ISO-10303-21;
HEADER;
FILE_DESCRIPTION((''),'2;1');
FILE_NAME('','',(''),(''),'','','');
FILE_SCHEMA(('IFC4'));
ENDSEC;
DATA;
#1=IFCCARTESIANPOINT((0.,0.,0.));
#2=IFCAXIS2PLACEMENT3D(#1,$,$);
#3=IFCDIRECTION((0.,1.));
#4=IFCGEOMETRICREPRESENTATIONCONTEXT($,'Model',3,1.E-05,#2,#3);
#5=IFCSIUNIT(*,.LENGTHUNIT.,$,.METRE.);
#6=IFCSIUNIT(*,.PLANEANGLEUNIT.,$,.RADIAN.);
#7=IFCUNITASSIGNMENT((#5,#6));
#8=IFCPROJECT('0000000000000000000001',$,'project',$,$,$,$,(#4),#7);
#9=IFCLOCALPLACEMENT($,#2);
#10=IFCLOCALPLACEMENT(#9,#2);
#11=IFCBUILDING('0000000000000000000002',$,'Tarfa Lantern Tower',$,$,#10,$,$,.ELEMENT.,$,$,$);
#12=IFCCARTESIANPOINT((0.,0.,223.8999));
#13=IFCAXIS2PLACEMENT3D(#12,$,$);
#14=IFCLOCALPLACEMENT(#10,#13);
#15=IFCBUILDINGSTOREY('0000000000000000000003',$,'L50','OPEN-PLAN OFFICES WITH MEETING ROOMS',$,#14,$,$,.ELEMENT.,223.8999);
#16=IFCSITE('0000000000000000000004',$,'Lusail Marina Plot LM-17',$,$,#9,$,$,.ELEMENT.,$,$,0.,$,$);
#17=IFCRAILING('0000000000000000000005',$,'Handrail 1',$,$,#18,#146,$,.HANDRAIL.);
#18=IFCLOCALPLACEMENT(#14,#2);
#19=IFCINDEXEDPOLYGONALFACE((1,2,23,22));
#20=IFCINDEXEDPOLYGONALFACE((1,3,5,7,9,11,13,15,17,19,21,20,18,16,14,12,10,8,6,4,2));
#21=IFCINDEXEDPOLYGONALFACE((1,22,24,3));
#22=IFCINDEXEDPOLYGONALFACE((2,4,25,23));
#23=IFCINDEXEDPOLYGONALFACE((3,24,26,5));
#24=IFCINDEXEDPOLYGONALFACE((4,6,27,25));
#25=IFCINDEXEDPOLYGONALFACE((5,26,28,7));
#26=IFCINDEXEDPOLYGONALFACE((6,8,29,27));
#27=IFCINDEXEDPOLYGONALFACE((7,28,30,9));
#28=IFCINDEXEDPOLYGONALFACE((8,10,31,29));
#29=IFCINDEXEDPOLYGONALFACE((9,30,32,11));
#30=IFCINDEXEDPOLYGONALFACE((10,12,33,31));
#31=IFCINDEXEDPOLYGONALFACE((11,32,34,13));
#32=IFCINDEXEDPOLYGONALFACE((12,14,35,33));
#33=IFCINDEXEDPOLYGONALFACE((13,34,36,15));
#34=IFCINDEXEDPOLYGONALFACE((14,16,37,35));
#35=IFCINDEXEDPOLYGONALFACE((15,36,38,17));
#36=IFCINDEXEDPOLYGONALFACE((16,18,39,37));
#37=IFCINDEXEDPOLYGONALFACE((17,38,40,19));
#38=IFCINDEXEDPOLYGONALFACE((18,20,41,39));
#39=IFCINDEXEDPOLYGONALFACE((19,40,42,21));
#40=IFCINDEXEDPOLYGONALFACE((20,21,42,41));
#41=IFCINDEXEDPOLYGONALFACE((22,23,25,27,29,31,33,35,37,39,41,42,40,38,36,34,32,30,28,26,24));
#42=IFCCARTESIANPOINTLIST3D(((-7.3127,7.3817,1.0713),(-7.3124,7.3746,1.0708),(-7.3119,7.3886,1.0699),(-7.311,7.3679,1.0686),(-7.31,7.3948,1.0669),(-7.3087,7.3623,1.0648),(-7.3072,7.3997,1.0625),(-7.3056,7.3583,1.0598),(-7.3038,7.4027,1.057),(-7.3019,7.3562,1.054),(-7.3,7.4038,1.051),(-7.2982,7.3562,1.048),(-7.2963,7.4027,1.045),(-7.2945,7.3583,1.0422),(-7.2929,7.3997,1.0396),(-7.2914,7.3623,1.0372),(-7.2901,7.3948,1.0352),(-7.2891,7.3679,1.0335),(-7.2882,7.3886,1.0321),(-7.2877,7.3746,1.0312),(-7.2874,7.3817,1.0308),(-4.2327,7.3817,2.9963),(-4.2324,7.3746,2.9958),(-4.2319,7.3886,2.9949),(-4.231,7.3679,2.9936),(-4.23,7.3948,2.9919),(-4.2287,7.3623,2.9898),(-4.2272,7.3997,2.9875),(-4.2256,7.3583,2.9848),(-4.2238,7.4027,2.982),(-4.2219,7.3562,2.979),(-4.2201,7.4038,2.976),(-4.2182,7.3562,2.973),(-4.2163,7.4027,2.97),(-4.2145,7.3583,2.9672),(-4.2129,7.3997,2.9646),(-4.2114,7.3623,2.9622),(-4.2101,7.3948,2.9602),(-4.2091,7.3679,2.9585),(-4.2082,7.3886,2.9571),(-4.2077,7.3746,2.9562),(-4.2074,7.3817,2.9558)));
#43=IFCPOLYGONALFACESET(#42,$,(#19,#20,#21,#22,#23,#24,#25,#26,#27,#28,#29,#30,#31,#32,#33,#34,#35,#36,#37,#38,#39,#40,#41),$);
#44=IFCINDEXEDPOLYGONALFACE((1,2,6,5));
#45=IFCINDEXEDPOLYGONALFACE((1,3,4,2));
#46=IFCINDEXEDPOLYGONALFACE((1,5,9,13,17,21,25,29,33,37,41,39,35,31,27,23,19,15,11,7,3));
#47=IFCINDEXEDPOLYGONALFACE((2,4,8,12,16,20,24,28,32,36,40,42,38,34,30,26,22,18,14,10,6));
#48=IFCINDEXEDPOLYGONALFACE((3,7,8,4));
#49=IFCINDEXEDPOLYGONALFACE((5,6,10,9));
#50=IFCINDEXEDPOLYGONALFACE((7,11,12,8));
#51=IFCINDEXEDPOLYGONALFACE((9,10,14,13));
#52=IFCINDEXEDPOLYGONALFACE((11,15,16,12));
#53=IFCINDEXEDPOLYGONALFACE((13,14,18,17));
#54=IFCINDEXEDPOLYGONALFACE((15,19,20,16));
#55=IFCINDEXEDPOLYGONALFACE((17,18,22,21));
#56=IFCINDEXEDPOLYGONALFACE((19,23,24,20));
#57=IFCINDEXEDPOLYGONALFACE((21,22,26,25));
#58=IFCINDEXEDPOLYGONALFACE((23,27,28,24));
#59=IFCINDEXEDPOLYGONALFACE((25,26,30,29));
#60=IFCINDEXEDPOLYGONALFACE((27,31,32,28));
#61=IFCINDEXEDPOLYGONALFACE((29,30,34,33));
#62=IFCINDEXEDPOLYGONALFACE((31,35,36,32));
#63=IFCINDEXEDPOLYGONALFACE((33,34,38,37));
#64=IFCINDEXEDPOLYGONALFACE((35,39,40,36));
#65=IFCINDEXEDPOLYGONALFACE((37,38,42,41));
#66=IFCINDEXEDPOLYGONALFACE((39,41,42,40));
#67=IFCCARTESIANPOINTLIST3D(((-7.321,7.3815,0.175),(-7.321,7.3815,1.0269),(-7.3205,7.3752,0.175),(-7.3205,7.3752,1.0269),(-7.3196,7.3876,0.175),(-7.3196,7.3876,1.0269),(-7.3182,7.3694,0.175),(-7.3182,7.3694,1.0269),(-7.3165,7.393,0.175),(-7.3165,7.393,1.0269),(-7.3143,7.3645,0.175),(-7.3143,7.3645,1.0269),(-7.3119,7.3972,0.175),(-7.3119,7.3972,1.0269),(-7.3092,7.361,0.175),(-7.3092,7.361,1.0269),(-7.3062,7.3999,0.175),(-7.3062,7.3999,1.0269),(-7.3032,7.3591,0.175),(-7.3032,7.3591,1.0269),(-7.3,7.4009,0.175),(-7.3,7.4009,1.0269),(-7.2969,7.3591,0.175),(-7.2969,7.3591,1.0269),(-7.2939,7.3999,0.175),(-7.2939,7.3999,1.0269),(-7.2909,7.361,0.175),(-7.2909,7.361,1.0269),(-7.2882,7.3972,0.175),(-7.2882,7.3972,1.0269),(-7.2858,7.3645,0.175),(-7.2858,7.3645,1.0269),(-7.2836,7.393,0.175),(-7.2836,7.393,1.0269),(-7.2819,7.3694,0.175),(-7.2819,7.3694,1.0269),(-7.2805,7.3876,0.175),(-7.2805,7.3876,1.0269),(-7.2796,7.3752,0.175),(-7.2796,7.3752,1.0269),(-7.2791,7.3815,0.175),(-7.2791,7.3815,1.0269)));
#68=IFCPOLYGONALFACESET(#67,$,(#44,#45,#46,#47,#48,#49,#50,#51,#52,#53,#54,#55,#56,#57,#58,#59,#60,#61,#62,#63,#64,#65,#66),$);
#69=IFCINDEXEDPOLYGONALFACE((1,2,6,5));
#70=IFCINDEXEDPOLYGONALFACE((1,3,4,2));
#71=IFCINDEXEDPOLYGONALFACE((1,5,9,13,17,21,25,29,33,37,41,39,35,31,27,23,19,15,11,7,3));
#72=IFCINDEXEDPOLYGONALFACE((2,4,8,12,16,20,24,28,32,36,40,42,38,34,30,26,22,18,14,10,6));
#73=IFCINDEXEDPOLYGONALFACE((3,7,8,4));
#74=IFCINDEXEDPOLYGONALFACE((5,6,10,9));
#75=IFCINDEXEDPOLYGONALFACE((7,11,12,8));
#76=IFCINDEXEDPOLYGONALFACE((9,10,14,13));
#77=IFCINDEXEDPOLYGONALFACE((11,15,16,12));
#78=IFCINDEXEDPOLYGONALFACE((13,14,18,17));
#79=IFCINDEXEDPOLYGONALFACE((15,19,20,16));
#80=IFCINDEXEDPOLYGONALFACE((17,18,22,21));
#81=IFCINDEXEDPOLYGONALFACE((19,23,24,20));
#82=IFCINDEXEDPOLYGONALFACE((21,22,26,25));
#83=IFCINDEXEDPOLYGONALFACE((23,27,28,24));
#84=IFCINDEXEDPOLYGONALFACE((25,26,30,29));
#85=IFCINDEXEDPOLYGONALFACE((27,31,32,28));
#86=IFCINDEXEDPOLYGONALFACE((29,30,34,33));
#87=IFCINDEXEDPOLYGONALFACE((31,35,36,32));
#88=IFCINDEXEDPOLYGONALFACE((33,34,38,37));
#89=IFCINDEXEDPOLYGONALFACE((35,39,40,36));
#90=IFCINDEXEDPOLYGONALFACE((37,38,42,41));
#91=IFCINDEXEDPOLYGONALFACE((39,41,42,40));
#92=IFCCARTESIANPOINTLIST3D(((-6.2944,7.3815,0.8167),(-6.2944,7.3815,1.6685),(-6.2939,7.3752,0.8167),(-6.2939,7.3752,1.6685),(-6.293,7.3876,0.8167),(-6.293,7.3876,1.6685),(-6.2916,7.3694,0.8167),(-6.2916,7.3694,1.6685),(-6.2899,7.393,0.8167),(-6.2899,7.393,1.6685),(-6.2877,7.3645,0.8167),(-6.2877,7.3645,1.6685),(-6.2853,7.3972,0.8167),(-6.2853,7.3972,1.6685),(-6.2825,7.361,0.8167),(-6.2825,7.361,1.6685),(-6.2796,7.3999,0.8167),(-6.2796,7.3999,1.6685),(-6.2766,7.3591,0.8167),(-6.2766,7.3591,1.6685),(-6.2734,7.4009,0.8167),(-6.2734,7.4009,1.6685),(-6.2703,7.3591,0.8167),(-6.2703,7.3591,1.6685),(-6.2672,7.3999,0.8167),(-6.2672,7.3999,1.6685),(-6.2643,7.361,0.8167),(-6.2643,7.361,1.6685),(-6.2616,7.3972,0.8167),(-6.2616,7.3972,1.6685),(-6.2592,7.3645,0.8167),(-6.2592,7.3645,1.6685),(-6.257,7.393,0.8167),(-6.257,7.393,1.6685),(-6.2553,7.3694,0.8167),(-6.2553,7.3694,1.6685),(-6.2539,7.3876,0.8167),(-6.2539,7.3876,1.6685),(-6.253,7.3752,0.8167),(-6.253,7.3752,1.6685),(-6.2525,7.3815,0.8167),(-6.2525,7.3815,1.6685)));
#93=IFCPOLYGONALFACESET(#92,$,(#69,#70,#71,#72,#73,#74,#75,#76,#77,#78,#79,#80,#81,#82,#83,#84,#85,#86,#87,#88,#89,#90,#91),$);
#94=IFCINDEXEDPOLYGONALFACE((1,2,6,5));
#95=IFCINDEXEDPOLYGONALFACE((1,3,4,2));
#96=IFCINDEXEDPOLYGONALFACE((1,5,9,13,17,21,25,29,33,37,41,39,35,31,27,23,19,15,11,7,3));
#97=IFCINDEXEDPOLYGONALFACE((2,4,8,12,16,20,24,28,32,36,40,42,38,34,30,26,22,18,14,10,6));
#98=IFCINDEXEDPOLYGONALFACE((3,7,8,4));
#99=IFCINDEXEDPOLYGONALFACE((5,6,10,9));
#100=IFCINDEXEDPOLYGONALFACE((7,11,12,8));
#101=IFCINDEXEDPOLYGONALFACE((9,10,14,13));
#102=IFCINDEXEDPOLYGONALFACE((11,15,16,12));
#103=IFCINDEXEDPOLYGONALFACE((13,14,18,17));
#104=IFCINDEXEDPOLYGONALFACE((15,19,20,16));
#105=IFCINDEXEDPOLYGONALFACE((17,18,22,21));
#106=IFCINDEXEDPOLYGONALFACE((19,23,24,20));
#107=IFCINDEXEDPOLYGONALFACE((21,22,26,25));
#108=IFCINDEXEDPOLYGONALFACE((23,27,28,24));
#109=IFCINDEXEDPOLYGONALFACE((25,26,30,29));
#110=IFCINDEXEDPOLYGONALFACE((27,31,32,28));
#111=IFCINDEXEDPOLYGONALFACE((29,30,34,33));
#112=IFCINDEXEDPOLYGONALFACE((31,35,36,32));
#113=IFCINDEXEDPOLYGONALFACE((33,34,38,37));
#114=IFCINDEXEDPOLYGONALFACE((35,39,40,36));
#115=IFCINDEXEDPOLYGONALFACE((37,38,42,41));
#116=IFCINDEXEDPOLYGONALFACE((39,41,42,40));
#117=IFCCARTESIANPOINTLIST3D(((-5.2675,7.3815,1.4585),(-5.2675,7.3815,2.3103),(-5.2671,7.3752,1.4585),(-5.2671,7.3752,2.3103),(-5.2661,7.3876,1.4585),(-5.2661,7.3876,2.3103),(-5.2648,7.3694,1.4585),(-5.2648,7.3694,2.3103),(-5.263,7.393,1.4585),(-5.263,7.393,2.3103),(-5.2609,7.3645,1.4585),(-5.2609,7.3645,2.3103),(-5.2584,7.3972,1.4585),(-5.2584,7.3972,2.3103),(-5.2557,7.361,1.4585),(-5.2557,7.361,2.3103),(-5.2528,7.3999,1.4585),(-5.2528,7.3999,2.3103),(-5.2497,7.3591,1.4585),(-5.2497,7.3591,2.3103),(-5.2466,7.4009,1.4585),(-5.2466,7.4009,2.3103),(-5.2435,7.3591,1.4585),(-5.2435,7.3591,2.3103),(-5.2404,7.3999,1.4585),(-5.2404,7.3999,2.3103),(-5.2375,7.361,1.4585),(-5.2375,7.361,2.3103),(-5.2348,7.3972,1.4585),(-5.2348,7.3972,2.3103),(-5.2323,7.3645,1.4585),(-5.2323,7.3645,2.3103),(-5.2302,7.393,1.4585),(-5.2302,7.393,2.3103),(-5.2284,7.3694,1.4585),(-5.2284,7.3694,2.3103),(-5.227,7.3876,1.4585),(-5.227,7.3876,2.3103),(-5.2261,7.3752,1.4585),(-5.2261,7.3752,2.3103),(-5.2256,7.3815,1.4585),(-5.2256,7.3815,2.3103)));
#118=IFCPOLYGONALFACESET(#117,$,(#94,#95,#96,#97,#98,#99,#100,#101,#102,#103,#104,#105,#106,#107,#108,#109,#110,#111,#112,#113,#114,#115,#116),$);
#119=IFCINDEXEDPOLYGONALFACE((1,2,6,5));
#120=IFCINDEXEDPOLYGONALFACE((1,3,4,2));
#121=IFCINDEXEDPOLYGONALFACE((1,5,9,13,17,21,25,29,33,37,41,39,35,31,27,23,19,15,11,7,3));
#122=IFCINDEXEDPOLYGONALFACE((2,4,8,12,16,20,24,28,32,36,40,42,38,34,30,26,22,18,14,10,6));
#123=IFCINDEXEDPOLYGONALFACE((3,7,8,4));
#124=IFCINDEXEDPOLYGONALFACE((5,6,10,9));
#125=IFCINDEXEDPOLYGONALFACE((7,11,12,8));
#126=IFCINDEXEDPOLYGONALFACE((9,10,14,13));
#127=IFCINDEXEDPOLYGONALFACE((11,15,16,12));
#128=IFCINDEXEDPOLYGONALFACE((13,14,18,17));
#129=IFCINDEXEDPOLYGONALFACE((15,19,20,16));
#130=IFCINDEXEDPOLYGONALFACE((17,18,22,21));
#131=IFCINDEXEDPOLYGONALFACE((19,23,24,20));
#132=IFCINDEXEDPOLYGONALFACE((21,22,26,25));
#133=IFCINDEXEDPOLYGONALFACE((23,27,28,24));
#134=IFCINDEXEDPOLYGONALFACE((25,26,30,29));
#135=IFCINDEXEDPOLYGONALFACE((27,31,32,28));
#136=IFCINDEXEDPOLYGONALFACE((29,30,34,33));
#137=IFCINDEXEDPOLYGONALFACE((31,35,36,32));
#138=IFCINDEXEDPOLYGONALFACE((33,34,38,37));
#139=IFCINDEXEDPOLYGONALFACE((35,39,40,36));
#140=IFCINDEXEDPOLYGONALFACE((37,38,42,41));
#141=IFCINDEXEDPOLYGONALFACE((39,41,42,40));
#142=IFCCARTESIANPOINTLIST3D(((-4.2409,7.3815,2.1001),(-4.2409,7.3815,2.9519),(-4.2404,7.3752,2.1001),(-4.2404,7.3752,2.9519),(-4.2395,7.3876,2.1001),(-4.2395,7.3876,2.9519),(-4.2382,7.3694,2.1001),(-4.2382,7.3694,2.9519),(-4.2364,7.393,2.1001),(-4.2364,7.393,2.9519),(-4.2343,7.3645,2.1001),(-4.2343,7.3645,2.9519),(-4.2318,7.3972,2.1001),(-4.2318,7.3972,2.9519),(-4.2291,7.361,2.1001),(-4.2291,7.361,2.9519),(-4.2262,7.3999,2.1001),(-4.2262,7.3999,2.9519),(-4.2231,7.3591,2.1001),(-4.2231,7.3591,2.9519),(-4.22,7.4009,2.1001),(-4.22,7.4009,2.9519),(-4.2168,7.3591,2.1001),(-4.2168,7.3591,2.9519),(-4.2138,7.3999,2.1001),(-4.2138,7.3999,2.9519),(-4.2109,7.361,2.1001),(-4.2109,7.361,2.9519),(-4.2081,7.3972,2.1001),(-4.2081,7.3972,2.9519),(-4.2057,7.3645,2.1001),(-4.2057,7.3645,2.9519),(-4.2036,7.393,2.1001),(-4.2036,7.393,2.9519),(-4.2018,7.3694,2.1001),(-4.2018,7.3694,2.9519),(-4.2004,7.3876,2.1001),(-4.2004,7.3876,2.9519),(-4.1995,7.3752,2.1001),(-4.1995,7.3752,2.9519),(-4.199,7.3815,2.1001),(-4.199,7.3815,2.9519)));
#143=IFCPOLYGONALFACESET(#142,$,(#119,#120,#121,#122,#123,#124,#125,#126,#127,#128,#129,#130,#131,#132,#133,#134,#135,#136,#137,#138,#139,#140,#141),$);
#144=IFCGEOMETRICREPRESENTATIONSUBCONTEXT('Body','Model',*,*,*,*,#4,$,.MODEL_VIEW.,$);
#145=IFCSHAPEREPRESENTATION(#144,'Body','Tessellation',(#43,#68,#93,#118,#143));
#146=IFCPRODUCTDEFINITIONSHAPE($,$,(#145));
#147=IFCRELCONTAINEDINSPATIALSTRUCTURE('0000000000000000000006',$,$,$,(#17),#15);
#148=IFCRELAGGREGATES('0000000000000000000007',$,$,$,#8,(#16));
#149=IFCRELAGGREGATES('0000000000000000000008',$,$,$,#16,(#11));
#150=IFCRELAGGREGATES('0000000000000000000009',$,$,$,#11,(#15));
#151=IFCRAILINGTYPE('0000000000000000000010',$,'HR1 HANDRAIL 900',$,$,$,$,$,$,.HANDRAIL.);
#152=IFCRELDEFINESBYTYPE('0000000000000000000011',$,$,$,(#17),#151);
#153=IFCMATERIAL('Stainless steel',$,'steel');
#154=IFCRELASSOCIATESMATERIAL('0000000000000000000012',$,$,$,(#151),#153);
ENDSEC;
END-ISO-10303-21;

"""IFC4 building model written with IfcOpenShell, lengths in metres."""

from ifc_helpers import new_model, si_unit, direction, frame, origin, origin_2d, place, context, subcontext, project, spatial, circle, extrude, material, type_object, element, save


model = new_model("IFC4")

# Units and contexts
model_context = context("Model", 3, precision=1e-05, world=origin(), true_north=direction((0.0, 1.0)))
body_context = subcontext(model_context, "Body", "Model", "MODEL_VIEW")
ifc_project = project(units=[si_unit("LENGTHUNIT", "METRE"), si_unit("PLANEANGLEUNIT", "RADIAN")], contexts=[model_context])

# Site, building, storey
site_placement = place(None, origin())
site = spatial("IfcSite", under=ifc_project, at=site_placement, Name="Lusail Marina Plot LM-17", CompositionType="ELEMENT", RefElevation=0.0)
building_placement = place(site_placement, origin())
building = spatial("IfcBuilding", under=site, at=building_placement, Name="Tarfa Lantern Tower", CompositionType="ELEMENT")
storey_placement = place(building_placement, frame((0.0, 0.0, 223.8999)))
storey = spatial("IfcBuildingStorey", under=building, at=storey_placement, Name="L50", Description="OPEN-PLAN OFFICES WITH MEETING ROOMS", CompositionType="ELEMENT", Elevation=223.8999)

# Railing
ifc_material_1 = material(Name="Stainless steel", Category="steel")
railing_type = type_object("IfcRailingType", Name="HR1 HANDRAIL 900", PredefinedType="HANDRAIL", material=ifc_material_1)
railing_1_placement = place(storey_placement, frame((-7.3, 7.3799, 0.175)))
element("IfcRailing", 1, at=railing_1_placement, inside=storey, type_object=railing_type, Name="Handrail 1", PredefinedType="HANDRAIL", context=body_context, shape_type="SweptSolid", body=[
    extrude(circle(Radius=0.0239, at=origin_2d()), frame((0.0, 0.0, 0.876), z_axis=(0.847998, 0.0, 0.529999), x_axis=(0.0, 1.0, 0.0)), (0.0, 0.0, 1.0), 3.6321),
    extrude(circle(Radius=0.021, at=origin_2d()), frame((0.0, 0.0, 0.0), z_axis=(0.0, 0.0, 1.0), x_axis=(0.0, 1.0, 0.0)), (0.0, 0.0, 1.0), 0.8518),
    extrude(circle(Radius=0.021, at=origin_2d()), frame((1.0266, 0.0, 0.6416), z_axis=(0.0, 0.0, 1.0), x_axis=(0.0, 1.0, 0.0)), (0.0, 0.0, 1.0), 0.8518),
    extrude(circle(Radius=0.021, at=origin_2d()), frame((2.0535, 0.0, 1.2834), z_axis=(0.0, 0.0, 1.0), x_axis=(0.0, 1.0, 0.0)), (0.0, 0.0, 1.0), 0.8518),
    extrude(circle(Radius=0.021, at=origin_2d()), frame((3.0801, 0.0, 1.925), z_axis=(0.0, 0.0, 1.0), x_axis=(0.0, 1.0, 0.0)), (0.0, 0.0, 1.0), 0.8518),
])

save(model, "model.ifc")
